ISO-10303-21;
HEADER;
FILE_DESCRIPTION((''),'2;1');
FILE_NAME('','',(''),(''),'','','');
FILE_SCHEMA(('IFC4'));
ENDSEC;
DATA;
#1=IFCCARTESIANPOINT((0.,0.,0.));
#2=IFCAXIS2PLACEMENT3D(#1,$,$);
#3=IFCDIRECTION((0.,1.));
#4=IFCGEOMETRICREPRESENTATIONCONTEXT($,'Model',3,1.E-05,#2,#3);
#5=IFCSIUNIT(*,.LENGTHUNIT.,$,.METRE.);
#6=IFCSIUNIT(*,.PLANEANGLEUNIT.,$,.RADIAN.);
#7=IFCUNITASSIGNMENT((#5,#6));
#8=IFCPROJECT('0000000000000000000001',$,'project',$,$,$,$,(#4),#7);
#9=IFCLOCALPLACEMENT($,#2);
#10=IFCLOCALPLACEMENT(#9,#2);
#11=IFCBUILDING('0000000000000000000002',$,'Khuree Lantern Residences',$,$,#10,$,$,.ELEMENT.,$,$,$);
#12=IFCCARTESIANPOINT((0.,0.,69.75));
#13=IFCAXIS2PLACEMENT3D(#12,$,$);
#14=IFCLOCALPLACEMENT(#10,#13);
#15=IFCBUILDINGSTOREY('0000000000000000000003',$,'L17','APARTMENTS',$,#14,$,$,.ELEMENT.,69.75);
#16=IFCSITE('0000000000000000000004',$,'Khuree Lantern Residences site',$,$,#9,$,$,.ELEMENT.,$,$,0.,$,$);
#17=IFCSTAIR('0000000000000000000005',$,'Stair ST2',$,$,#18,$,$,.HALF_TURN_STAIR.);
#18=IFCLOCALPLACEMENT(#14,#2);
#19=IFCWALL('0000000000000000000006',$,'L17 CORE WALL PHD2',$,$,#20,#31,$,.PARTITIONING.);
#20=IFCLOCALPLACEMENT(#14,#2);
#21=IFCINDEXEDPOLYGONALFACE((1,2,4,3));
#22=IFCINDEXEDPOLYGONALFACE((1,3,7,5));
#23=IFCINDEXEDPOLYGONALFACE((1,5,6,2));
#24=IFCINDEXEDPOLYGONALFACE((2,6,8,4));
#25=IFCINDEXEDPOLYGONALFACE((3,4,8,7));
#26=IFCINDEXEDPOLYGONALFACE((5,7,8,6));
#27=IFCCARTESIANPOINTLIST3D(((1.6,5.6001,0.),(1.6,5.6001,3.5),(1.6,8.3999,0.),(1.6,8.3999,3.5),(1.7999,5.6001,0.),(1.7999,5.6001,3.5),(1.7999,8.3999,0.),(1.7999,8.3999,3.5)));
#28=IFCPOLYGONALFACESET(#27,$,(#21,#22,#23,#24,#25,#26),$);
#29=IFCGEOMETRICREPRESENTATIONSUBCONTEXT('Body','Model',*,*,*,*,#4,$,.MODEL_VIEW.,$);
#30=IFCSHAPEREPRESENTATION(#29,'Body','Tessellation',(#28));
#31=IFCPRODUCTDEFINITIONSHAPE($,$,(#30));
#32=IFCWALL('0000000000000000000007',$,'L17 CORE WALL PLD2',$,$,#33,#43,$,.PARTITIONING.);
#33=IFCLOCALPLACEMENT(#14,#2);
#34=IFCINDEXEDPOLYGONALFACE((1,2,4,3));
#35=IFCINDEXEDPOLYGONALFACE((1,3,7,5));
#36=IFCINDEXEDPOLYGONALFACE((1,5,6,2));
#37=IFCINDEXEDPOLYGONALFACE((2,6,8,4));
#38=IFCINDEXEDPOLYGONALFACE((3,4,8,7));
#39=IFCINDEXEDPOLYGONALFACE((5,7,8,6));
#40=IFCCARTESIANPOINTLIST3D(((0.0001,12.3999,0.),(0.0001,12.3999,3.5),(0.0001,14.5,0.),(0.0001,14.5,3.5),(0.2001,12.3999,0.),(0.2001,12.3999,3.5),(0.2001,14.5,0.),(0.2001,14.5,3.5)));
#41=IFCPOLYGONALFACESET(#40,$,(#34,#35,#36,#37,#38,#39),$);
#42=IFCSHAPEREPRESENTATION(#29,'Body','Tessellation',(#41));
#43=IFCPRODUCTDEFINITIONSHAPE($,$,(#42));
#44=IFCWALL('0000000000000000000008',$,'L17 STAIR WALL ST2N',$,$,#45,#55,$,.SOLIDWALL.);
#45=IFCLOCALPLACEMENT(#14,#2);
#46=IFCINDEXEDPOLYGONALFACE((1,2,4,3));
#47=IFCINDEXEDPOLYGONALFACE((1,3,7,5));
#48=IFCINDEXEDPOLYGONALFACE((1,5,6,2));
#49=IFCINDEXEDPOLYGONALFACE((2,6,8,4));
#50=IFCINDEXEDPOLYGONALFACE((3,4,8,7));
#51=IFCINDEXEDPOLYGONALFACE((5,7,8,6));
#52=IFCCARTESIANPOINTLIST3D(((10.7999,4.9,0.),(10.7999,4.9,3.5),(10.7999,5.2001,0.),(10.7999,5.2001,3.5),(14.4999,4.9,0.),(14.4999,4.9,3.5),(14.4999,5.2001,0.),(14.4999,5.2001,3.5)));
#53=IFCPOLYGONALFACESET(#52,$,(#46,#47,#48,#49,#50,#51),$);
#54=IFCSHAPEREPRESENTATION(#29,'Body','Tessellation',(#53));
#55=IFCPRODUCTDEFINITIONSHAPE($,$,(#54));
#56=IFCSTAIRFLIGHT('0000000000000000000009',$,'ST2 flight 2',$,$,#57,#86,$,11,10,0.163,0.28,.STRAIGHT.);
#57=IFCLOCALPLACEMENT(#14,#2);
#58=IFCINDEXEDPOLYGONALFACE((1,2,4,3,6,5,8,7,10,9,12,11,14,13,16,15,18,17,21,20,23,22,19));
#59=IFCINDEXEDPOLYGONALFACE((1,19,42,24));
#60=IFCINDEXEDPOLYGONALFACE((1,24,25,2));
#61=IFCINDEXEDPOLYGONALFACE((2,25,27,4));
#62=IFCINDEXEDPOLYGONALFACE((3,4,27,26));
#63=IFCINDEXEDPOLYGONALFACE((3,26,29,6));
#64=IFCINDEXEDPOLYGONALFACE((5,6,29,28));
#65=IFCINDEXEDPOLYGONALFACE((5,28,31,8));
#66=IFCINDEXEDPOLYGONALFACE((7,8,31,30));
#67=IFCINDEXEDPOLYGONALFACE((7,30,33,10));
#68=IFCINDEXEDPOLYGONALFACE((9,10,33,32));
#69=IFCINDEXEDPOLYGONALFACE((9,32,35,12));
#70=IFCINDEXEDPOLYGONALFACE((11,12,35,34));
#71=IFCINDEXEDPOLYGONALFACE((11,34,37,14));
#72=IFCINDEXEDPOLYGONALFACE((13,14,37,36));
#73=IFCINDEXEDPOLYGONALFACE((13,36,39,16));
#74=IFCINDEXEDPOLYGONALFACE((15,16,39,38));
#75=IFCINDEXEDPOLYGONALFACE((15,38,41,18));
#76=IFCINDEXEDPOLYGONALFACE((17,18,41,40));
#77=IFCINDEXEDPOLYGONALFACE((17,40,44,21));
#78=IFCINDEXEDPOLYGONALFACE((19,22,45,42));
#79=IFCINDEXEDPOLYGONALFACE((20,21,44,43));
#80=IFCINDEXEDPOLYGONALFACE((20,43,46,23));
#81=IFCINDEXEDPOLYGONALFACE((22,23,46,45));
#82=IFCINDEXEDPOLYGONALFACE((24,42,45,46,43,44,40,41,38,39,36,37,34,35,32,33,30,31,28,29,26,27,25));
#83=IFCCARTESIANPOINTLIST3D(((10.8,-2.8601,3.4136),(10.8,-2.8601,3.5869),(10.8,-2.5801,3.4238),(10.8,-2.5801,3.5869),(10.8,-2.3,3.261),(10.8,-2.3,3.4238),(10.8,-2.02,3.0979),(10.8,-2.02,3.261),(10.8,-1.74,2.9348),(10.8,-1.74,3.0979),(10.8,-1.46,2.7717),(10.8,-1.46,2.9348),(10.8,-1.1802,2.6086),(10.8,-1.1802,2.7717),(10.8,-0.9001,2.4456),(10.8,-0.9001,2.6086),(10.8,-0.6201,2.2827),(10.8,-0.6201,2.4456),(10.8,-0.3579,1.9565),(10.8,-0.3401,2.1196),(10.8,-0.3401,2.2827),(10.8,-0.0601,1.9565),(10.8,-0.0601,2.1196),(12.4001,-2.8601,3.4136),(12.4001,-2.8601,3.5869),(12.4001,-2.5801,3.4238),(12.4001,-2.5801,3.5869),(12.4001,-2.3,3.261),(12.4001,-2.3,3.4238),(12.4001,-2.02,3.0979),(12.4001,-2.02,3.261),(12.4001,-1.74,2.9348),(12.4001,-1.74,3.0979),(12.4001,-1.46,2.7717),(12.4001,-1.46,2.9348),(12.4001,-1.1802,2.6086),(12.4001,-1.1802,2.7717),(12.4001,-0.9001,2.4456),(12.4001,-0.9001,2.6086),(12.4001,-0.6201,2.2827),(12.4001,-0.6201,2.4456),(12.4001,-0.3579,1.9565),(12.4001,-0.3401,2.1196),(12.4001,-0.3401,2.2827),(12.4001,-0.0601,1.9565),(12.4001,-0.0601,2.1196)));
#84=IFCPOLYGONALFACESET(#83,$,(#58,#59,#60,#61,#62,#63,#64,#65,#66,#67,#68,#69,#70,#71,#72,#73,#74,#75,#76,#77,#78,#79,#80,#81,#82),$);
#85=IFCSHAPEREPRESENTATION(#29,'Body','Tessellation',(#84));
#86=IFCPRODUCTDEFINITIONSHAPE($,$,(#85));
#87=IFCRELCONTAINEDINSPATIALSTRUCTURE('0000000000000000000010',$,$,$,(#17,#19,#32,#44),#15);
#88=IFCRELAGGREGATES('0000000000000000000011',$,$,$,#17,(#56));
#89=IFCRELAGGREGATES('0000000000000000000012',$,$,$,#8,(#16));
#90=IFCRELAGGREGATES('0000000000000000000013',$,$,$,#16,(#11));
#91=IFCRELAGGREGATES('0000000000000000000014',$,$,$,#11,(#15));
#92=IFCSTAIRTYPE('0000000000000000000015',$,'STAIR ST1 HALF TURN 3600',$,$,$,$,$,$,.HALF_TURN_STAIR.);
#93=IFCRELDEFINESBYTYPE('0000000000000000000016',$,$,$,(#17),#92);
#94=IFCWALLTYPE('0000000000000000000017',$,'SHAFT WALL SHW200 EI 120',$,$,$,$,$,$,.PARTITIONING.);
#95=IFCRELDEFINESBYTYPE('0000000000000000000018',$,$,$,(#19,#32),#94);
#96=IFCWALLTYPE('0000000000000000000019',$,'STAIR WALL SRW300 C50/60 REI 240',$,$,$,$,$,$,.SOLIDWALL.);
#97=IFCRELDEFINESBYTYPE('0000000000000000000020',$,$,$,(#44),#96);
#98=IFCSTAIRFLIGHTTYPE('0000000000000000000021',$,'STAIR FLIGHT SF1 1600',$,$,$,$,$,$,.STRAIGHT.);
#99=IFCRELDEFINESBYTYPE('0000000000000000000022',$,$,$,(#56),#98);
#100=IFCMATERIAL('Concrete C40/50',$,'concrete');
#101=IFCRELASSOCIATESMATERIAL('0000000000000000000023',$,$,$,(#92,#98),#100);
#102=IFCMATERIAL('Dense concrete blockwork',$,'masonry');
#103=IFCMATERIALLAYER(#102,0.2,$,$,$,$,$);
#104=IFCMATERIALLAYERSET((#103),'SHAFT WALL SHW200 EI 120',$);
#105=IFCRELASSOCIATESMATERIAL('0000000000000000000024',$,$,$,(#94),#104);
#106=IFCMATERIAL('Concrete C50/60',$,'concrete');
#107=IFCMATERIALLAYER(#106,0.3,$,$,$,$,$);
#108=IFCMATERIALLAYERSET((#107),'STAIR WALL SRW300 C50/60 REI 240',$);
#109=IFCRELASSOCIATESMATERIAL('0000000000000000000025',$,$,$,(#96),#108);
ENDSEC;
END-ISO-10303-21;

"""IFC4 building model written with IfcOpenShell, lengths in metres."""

from ifc_helpers import new_model, si_unit, direction, frame, frame_2d, origin, place, context, subcontext, project, spatial, polyline, rectangle, outline, extrude, material, layer, layer_set, type_object, element, aggregate, save


model = new_model("IFC4")

# Units and contexts
model_context = context("Model", 3, precision=1e-05, world=origin(), true_north=direction((0.0, 1.0)))
body_context = subcontext(model_context, "Body", "Model", "MODEL_VIEW")
ifc_project = project(units=[si_unit("LENGTHUNIT", "METRE"), si_unit("PLANEANGLEUNIT", "RADIAN")], contexts=[model_context])

# Site, building, storey
site_placement = place(None, origin())
site = spatial("IfcSite", under=ifc_project, at=site_placement, Name="Khuree Lantern Residences site", CompositionType="ELEMENT", RefElevation=0.0)
building_placement = place(site_placement, origin())
building = spatial("IfcBuilding", under=site, at=building_placement, Name="Khuree Lantern Residences", CompositionType="ELEMENT")
storey_placement = place(building_placement, frame((0.0, 0.0, 69.75)))
storey = spatial("IfcBuildingStorey", under=building, at=storey_placement, Name="L17", Description="APARTMENTS", CompositionType="ELEMENT", Elevation=69.75)

# Stair
ifc_material_1 = material(Name="Concrete C40/50", Category="concrete")
stair_type = type_object("IfcStairType", Name="STAIR ST1 HALF TURN 3600", PredefinedType="HALF_TURN_STAIR", material=ifc_material_1)
stair_1_placement = place(storey_placement, origin())
stair_1 = element("IfcStair", 1, at=stair_1_placement, inside=storey, type_object=stair_type, Name="Stair ST2", PredefinedType="HALF_TURN_STAIR")

# Shared definitions
ifc_material_2 = material(Name="Dense concrete blockwork", Category="masonry")

# Walls
ifc_layer_1 = layer(ifc_material_2, 0.2)
ifc_layer_set_1 = layer_set([ifc_layer_1], Name="SHAFT WALL SHW200 EI 120")
wall_type_1 = type_object("IfcWallType", Name="SHAFT WALL SHW200 EI 120", PredefinedType="PARTITIONING", material=ifc_layer_set_1)
wall_1_placement = place(storey_placement, frame((1.7, 5.6001, 0.0), z_axis=(0.0, 0.0, 1.0), x_axis=(0.0, 1.0, 0.0)))
element("IfcWall", 2, at=wall_1_placement, inside=storey, type_object=wall_type_1, Name="L17 CORE WALL PHD2", PredefinedType="PARTITIONING", context=body_context, shape_type="SweptSolid", body=[
    extrude(rectangle(XDim=2.7998, YDim=0.2, at=frame_2d((1.3999, 0.0))), origin(), (0.0, 0.0, 1.0), 3.5),
])
wall_2_placement = place(storey_placement, frame((0.1001, 12.3999, 0.0), z_axis=(0.0, 0.0, 1.0), x_axis=(0.0, 1.0, 0.0)))
element("IfcWall", 3, at=wall_2_placement, inside=storey, type_object=wall_type_1, Name="L17 CORE WALL PLD2", PredefinedType="PARTITIONING", context=body_context, shape_type="SweptSolid", body=[
    extrude(rectangle(XDim=2.1001, YDim=0.2, at=frame_2d((1.05, 0.0))), origin(), (0.0, 0.0, 1.0), 3.5),
])
ifc_material_3 = material(Name="Concrete C50/60", Category="concrete")
ifc_layer_2 = layer(ifc_material_3, 0.3)
ifc_layer_set_2 = layer_set([ifc_layer_2], Name="STAIR WALL SRW300 C50/60 REI 240")
wall_type_2 = type_object("IfcWallType", Name="STAIR WALL SRW300 C50/60 REI 240", PredefinedType="SOLIDWALL", material=ifc_layer_set_2)
wall_3_placement = place(storey_placement, frame((14.5, 5.05, 0.0), z_axis=(0.0, 0.0, 1.0), x_axis=(-1.0, 0.0, 0.0)))
element("IfcWall", 4, at=wall_3_placement, inside=storey, type_object=wall_type_2, Name="L17 STAIR WALL ST2N", PredefinedType="SOLIDWALL", context=body_context, shape_type="SweptSolid", body=[
    extrude(rectangle(XDim=3.7, YDim=0.3, at=frame_2d((1.8501, 0.0))), origin(), (0.0, 0.0, 1.0), 3.5),
])

# Stair flight
stair_flight_type = type_object("IfcStairFlightType", Name="STAIR FLIGHT SF1 1600", PredefinedType="STRAIGHT", material=ifc_material_1)
stair_flight_placement = place(storey_placement, frame((11.6001, -0.0601, 1.9565), z_axis=(0.0, 0.0, 1.0), x_axis=(0.0, -1.0, 0.0)))
stair_flight = element("IfcStairFlight", 5, at=stair_flight_placement, type_object=stair_flight_type, Name="ST2 flight 2", NumberOfRisers=11, NumberOfTreads=10, PredefinedType="STRAIGHT", RiserHeight=0.163, TreadLength=0.28, context=body_context, shape_type="SweptSolid", body=[
    extrude(outline(polyline([(0.0, 0.0), (0.0, 0.1631), (0.28, 0.1631), (0.28, 0.3262), (0.5601, 0.3262), (0.5601, 0.489), (0.8401, 0.489), (0.8401, 0.6521), (1.1201, 0.6521), (1.1201, 0.8152), (1.3999, 0.8152), (1.3999, 0.9783), (1.6799, 0.9783), (1.6799, 1.1414), (1.96, 1.1414), (1.96, 1.3044), (2.24, 1.3044), (2.24, 1.4673), (2.52, 1.4673), (2.52, 1.6304), (2.8, 1.6304), (2.8, 1.7935), (2.8, 1.457), (0.2979, 0.0), (0.0, 0.0)])), frame((0.0, 0.8, 0.0), z_axis=(0.0, -1.0, 0.0), x_axis=(1.0, 0.0, 0.0)), (0.0, 0.0, 1.0), 1.6001),
])
aggregate(stair_1, [stair_flight])

save(model, "model.ifc")
